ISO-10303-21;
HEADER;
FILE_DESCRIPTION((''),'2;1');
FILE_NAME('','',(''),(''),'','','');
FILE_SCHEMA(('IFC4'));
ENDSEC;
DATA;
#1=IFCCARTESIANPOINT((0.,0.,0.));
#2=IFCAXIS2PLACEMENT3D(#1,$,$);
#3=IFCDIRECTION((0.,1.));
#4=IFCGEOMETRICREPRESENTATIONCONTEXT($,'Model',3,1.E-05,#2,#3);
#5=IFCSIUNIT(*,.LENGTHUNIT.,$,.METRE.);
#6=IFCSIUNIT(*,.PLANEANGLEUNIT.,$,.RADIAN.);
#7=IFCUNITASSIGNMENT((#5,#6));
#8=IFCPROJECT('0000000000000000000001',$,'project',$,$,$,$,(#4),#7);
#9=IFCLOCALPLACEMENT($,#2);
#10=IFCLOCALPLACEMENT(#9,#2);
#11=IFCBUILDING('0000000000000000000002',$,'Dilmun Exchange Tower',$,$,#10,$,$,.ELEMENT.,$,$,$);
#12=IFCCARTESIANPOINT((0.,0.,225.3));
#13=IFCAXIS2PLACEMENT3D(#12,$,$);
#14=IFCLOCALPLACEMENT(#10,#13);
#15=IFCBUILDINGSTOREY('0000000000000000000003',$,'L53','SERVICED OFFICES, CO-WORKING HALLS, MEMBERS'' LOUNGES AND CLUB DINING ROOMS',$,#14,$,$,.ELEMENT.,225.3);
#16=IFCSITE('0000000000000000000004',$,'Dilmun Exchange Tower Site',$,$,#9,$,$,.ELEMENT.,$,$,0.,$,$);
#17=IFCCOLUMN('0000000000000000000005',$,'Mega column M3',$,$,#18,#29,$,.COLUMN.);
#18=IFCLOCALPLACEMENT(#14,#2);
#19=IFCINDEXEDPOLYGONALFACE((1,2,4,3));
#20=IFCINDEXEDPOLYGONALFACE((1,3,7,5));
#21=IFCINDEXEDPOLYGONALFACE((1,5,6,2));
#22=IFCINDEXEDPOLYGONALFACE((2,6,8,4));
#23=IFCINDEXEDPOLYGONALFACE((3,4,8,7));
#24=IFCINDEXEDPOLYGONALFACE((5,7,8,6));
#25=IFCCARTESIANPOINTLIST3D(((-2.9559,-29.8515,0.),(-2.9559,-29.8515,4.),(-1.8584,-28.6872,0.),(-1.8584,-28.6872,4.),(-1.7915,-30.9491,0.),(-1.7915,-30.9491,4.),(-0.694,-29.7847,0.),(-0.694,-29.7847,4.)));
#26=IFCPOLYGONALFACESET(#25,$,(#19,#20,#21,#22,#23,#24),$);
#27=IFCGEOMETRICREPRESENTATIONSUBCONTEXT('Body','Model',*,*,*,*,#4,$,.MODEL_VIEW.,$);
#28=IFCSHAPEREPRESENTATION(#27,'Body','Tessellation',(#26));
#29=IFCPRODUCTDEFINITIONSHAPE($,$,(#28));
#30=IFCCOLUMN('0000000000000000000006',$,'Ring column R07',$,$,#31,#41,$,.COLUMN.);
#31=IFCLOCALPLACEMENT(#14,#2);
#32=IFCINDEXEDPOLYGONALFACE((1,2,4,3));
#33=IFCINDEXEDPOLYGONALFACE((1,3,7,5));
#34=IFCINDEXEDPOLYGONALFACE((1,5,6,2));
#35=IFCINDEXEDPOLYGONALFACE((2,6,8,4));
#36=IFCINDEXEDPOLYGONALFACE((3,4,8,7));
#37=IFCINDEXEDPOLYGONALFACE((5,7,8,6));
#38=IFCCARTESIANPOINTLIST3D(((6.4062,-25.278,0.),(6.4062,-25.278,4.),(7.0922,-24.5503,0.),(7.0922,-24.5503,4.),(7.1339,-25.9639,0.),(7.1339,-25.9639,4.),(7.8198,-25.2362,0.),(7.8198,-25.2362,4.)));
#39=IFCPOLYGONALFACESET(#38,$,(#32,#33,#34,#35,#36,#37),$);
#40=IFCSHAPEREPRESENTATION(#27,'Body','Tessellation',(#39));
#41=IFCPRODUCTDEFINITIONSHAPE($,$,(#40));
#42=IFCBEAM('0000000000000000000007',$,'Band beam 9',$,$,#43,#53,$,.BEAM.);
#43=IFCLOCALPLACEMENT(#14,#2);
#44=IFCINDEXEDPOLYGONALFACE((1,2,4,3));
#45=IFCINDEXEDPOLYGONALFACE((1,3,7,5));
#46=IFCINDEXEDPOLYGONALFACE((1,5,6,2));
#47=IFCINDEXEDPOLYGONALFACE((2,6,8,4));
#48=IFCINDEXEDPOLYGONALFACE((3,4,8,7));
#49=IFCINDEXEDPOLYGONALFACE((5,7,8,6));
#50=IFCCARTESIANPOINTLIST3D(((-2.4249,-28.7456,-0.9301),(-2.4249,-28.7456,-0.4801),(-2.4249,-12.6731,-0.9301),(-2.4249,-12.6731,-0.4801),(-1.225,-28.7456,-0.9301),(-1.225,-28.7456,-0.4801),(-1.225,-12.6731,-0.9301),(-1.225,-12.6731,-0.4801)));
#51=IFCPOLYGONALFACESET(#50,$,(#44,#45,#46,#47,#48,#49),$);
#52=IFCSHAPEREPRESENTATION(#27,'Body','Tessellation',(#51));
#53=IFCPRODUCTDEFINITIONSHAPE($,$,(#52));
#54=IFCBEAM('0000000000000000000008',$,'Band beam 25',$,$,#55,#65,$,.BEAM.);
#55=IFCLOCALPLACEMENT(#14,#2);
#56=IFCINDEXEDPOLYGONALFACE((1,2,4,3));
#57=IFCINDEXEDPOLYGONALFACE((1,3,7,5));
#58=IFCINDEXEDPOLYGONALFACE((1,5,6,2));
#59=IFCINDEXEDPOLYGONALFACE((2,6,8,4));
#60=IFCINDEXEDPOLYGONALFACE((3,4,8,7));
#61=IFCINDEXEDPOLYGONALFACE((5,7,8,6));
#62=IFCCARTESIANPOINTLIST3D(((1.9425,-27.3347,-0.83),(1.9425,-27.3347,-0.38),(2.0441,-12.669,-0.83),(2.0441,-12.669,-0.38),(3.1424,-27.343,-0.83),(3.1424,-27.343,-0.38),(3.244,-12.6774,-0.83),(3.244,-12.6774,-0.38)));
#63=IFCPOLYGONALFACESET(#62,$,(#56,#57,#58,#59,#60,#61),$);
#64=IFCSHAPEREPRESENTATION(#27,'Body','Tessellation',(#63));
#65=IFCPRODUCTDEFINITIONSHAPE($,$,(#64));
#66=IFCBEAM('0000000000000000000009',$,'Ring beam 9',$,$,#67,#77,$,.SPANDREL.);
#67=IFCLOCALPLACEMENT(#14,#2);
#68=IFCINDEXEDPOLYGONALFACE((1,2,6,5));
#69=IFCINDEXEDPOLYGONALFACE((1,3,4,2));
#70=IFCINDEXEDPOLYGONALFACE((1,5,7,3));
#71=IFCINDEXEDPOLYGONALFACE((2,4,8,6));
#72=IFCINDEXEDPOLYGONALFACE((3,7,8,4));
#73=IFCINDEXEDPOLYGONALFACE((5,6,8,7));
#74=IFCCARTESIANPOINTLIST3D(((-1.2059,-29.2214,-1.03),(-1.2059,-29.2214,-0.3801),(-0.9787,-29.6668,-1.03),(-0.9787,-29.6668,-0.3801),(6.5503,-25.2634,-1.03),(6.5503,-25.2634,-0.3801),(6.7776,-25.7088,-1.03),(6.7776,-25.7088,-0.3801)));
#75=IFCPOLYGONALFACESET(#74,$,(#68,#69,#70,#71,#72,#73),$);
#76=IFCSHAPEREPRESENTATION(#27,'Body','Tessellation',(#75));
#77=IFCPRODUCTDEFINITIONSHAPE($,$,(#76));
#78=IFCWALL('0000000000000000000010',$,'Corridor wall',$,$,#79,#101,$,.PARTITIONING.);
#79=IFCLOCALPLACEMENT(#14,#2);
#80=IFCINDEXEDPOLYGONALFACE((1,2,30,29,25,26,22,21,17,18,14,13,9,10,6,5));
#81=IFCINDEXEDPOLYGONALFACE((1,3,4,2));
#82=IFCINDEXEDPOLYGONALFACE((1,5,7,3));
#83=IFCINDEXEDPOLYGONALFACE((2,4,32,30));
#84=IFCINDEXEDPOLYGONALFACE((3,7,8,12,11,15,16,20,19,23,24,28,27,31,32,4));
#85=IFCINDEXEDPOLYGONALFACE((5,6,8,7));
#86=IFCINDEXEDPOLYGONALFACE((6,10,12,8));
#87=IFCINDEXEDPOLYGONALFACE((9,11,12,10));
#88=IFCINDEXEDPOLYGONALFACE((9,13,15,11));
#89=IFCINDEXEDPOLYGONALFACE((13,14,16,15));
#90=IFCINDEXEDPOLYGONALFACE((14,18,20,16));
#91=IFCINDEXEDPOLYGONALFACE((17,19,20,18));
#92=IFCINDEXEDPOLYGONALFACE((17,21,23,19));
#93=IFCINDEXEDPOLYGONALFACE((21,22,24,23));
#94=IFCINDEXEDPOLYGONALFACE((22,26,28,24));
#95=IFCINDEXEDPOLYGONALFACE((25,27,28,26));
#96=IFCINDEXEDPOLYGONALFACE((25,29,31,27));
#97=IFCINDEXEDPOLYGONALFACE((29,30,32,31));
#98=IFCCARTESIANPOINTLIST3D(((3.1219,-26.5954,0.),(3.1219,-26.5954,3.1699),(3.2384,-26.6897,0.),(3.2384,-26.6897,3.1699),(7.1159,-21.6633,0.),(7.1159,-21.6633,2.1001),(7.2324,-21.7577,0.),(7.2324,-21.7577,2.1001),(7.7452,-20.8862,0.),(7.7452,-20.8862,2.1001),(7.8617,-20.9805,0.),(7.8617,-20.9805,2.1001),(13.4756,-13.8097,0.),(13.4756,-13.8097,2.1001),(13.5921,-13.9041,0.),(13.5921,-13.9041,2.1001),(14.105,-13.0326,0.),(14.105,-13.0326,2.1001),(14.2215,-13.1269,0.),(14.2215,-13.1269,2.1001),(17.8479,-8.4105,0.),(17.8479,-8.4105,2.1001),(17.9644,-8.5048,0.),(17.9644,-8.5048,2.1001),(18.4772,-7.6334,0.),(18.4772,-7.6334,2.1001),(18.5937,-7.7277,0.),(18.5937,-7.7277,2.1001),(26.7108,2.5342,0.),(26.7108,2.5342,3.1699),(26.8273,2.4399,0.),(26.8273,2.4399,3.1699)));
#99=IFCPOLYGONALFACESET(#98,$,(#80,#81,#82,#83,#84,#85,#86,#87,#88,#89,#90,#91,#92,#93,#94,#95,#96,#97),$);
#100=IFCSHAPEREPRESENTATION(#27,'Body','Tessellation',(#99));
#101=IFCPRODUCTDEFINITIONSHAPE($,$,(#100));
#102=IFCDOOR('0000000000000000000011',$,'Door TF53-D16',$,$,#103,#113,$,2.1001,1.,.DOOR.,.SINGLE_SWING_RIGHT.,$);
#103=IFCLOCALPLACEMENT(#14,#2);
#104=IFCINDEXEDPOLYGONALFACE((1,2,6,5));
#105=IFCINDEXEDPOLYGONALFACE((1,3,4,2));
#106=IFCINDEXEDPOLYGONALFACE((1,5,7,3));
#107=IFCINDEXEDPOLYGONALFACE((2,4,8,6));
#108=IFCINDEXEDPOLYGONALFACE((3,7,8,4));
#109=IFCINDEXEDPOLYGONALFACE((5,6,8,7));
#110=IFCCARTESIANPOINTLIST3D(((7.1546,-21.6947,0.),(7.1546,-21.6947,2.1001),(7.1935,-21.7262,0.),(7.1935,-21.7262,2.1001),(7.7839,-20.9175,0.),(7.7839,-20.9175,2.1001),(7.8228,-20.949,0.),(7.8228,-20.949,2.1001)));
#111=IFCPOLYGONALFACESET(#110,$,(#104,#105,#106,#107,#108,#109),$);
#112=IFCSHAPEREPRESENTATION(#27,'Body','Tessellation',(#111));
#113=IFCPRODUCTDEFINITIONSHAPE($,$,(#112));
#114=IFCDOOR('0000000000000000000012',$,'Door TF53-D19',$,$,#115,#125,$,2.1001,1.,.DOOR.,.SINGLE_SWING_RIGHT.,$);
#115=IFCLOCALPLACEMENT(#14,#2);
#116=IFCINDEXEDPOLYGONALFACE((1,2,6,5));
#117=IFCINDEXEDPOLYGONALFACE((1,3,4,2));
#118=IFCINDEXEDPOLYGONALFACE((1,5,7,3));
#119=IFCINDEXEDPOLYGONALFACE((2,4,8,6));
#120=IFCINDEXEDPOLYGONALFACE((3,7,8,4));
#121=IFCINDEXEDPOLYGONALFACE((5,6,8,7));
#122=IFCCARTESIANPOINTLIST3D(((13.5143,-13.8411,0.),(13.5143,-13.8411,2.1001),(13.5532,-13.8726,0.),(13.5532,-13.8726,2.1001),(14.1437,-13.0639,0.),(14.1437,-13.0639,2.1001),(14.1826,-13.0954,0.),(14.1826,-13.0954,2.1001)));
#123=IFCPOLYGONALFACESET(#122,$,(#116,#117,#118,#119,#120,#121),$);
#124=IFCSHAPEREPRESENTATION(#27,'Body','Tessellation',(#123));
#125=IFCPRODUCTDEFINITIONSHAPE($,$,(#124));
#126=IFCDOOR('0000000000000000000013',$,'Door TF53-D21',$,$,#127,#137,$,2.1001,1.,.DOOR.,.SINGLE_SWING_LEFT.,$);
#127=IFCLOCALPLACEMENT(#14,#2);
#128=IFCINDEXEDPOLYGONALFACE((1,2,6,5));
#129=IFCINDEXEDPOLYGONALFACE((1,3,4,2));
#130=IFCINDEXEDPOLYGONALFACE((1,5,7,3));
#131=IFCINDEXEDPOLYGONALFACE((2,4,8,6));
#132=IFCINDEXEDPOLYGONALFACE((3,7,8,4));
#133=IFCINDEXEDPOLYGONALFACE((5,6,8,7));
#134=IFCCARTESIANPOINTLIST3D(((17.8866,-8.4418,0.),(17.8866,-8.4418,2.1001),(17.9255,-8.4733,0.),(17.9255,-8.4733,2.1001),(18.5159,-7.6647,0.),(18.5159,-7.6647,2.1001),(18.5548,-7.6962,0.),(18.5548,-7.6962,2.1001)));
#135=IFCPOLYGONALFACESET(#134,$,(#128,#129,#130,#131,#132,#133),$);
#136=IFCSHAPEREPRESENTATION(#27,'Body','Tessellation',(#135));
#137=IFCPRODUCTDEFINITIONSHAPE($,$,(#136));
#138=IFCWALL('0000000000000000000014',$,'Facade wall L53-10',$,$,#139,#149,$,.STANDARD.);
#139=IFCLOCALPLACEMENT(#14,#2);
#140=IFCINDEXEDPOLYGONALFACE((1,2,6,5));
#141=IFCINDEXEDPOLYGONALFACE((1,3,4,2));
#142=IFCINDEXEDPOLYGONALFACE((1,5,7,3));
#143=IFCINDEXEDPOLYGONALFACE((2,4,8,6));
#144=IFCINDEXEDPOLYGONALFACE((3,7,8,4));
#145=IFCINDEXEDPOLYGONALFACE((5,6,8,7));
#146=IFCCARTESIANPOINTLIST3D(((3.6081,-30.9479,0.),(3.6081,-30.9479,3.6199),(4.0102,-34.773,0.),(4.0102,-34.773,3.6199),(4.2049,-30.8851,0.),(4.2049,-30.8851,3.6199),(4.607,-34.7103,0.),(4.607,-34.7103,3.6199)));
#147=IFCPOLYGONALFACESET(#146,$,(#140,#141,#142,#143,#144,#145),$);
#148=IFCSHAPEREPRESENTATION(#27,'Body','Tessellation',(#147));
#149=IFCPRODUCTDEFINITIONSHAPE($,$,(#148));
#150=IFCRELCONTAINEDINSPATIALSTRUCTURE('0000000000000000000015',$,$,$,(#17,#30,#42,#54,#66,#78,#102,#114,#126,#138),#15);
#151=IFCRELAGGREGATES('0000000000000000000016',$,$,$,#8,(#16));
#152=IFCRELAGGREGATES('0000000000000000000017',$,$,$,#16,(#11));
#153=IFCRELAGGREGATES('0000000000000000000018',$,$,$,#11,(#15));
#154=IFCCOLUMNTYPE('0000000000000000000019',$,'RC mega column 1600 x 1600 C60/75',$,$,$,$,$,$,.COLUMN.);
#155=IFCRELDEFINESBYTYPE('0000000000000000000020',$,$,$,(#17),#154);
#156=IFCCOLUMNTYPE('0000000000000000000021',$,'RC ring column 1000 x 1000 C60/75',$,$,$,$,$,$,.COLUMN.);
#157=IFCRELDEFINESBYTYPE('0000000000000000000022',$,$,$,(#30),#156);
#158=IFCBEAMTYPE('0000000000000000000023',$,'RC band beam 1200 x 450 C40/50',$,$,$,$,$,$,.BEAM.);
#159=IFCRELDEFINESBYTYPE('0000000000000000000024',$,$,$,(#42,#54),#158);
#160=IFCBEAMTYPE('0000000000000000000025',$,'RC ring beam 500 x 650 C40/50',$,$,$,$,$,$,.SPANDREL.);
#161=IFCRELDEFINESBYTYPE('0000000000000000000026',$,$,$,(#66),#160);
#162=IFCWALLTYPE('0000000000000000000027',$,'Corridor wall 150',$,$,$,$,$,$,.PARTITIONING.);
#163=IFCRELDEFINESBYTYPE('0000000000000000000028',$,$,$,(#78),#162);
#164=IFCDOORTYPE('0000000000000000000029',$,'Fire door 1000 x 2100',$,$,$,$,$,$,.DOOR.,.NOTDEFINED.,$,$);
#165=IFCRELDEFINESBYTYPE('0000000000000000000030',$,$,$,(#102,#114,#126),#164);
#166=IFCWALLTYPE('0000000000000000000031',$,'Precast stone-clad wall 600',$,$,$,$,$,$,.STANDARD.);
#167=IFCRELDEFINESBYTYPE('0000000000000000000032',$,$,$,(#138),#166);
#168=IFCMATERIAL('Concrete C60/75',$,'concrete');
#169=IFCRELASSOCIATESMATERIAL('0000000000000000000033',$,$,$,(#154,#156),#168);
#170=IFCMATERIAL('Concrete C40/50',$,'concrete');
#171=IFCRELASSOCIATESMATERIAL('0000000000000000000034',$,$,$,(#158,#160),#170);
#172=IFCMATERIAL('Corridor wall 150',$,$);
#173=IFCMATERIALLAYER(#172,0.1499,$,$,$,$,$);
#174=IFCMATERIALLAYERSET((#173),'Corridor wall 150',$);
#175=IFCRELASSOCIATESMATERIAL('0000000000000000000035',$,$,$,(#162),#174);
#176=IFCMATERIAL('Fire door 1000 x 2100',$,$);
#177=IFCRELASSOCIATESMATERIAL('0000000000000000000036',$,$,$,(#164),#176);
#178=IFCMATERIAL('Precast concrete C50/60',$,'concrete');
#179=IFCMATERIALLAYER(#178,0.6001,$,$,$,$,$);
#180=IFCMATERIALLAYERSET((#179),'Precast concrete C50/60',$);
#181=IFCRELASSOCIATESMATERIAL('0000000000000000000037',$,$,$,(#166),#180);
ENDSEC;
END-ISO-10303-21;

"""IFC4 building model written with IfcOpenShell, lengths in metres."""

from ifc_helpers import new_model, si_unit, direction, frame, frame_2d, origin, origin_2d, place, context, subcontext, project, spatial, rectangle, extrude, material, layer, layer_set, material_profile, profile_set, type_object, element, fill, save


model = new_model("IFC4")

# Units and contexts
model_context = context("Model", 3, precision=1e-05, world=origin(), true_north=direction((0.0, 1.0)))
body_context = subcontext(model_context, "Body", "Model", "MODEL_VIEW")
ifc_project = project(units=[si_unit("LENGTHUNIT", "METRE"), si_unit("PLANEANGLEUNIT", "RADIAN")], contexts=[model_context])

# Site, building, storey
site_placement = place(None, origin())
site = spatial("IfcSite", under=ifc_project, at=site_placement, Name="Dilmun Exchange Tower Site", CompositionType="ELEMENT", RefElevation=0.0)
building_placement = place(site_placement, origin())
building = spatial("IfcBuilding", under=site, at=building_placement, Name="Dilmun Exchange Tower", CompositionType="ELEMENT")
storey_placement = place(building_placement, frame((0.0, 0.0, 225.3)))
storey = spatial("IfcBuildingStorey", under=building, at=storey_placement, Name="L53", Description="SERVICED OFFICES, CO-WORKING HALLS, MEMBERS' LOUNGES AND CLUB DINING ROOMS", CompositionType="ELEMENT", Elevation=225.3)

# Columns
ifc_material_1 = material(Name="Concrete C60/75", Category="concrete")
ifc_material_profile_1 = material_profile(ifc_material_1, rectangle(XDim=1.6001, YDim=1.6001, at=origin_2d()), Name="1600 x 1600")
ifc_profile_set_1 = profile_set([ifc_material_profile_1], Name="Concrete C60/75")
column_type_1 = type_object("IfcColumnType", Name="RC mega column 1600 x 1600 C60/75", PredefinedType="COLUMN", material=ifc_profile_set_1)
column_1_placement = place(storey_placement, frame((-1.825, -29.8181, 0.0), z_axis=(0.0, 0.0, 1.0), x_axis=(0.685916, 0.727681, 0.0)))
element("IfcColumn", 1, at=column_1_placement, inside=storey, type_object=column_type_1, Name="Mega column M3", PredefinedType="COLUMN", context=body_context, shape_type="SweptSolid", body=[
    extrude(rectangle(XDim=1.6001, YDim=1.6001, at=origin_2d()), origin(), (0.0, 0.0, 1.0), 4.0),
])
ifc_material_profile_2 = material_profile(ifc_material_1, rectangle(XDim=1.0, YDim=1.0, at=origin_2d()), Name="1000 x 1000")
ifc_profile_set_2 = profile_set([ifc_material_profile_2], Name="Concrete C60/75")
column_type_2 = type_object("IfcColumnType", Name="RC ring column 1000 x 1000 C60/75", PredefinedType="COLUMN", material=ifc_profile_set_2)
column_2_placement = place(storey_placement, frame((7.113, -25.2571, 0.0), z_axis=(0.0, 0.0, 1.0), x_axis=(0.685916, 0.727681, 0.0)))
element("IfcColumn", 2, at=column_2_placement, inside=storey, type_object=column_type_2, Name="Ring column R07", PredefinedType="COLUMN", context=body_context, shape_type="SweptSolid", body=[
    extrude(rectangle(XDim=1.0, YDim=1.0, at=origin_2d()), origin(), (0.0, 0.0, 1.0), 4.0),
])

# Beams
ifc_material_2 = material(Name="Concrete C40/50", Category="concrete")
ifc_material_profile_3 = material_profile(ifc_material_2, rectangle(XDim=1.2, YDim=0.45, at=origin_2d()), Name="1200 x 450")
ifc_profile_set_3 = profile_set([ifc_material_profile_3], Name="Concrete C40/50")
beam_type_1 = type_object("IfcBeamType", Name="RC band beam 1200 x 450 C40/50", PredefinedType="BEAM", material=ifc_profile_set_3)
beam_1_placement = place(storey_placement, frame((-1.825, -28.7456, -0.7051), z_axis=(0.0, 1.0, 0.0), x_axis=(-1.0, 0.0, 0.0)))
element("IfcBeam", 3, at=beam_1_placement, inside=storey, type_object=beam_type_1, Name="Band beam 9", PredefinedType="BEAM", context=body_context, shape_type="SweptSolid", body=[
    extrude(rectangle(XDim=1.2, YDim=0.45, at=origin_2d()), origin(), (0.0, 0.0, 1.0), 16.0725),
])
beam_2_placement = place(storey_placement, frame((2.5425, -27.3389, -0.605), z_axis=(0.006925, 0.999976, 0.0), x_axis=(-0.999976, 0.006925, 0.0)))
element("IfcBeam", 4, at=beam_2_placement, inside=storey, type_object=beam_type_1, Name="Band beam 25", PredefinedType="BEAM", context=body_context, shape_type="SweptSolid", body=[
    extrude(rectangle(XDim=1.2, YDim=0.45, at=origin_2d()), origin(), (0.0, 0.0, 1.0), 14.666),
])
ifc_material_profile_4 = material_profile(ifc_material_2, rectangle(XDim=0.5, YDim=0.6499, at=origin_2d()), Name="500 x 650")
ifc_profile_set_4 = profile_set([ifc_material_profile_4], Name="Concrete C40/50")
beam_type_2 = type_object("IfcBeamType", Name="RC ring beam 500 x 650 C40/50", PredefinedType="SPANDREL", material=ifc_profile_set_4)
beam_3_placement = place(storey_placement, frame((-1.0923, -29.4441, -0.7051), z_axis=(0.89073, 0.454533, 0.0), x_axis=(-0.454533, 0.89073, 0.0)))
element("IfcBeam", 5, at=beam_3_placement, inside=storey, type_object=beam_type_2, Name="Ring beam 9", PredefinedType="SPANDREL", context=body_context, shape_type="SweptSolid", body=[
    extrude(rectangle(XDim=0.5, YDim=0.6499, at=origin_2d()), origin(), (0.0, 0.0, 1.0), 8.7078),
])

# Wall, openings, doors
ifc_material_3 = material(Name="Corridor wall 150")
ifc_layer_1 = layer(ifc_material_3, 0.1499)
ifc_layer_set_1 = layer_set([ifc_layer_1], Name="Corridor wall 150")
wall_type_1 = type_object("IfcWallType", Name="Corridor wall 150", PredefinedType="PARTITIONING", material=ifc_layer_set_1)
wall_1_placement = place(storey_placement, frame((3.1802, -26.6426, 0.0), z_axis=(0.0, 0.0, 1.0), x_axis=(0.629323, 0.777144, 0.0)))
wall_1 = element("IfcWall", 6, at=wall_1_placement, inside=storey, type_object=wall_type_1, Name="Corridor wall", PredefinedType="PARTITIONING", context=body_context, shape_type="SweptSolid", body=[
    extrude(rectangle(XDim=37.4829, YDim=0.1499, at=frame_2d((18.7415, 0.0))), origin(), (0.0, 0.0, 1.0), 3.1699),
])
opening_1_placement = place(wall_1_placement, frame((6.3464, 0.0, 0.0)))
opening_1 = element("IfcOpeningElement", 7, at=opening_1_placement, cuts=wall_1, PredefinedType="OPENING", context=body_context, shape_type="SweptSolid", body=[
    extrude(rectangle(XDim=1.0, YDim=2.1001, at=frame_2d((0.5, 1.05))), frame((0.0, 0.085, 0.0), z_axis=(0.0, -1.0, 0.0), x_axis=(1.0, 0.0, 0.0)), (0.0, 0.0, 1.0), 0.1699),
])
opening_2_placement = place(wall_1_placement, frame((16.4521, 0.0, 0.0)))
opening_2 = element("IfcOpeningElement", 8, at=opening_2_placement, cuts=wall_1, PredefinedType="OPENING", context=body_context, shape_type="SweptSolid", body=[
    extrude(rectangle(XDim=1.0, YDim=2.1001, at=frame_2d((0.5, 1.05))), frame((0.0, 0.085, 0.0), z_axis=(0.0, -1.0, 0.0), x_axis=(1.0, 0.0, 0.0)), (0.0, 0.0, 1.0), 0.1699),
])
opening_3_placement = place(wall_1_placement, frame((23.3997, 0.0, 0.0)))
opening_3 = element("IfcOpeningElement", 9, at=opening_3_placement, cuts=wall_1, PredefinedType="OPENING", context=body_context, shape_type="SweptSolid", body=[
    extrude(rectangle(XDim=1.0, YDim=2.1001, at=frame_2d((0.5, 1.05))), frame((0.0, 0.085, 0.0), z_axis=(0.0, -1.0, 0.0), x_axis=(1.0, 0.0, 0.0)), (0.0, 0.0, 1.0), 0.1699),
])
ifc_material_4 = material(Name="Fire door 1000 x 2100")
door_type = type_object("IfcDoorType", Name="Fire door 1000 x 2100", OperationType="NOTDEFINED", PredefinedType="DOOR", material=ifc_material_4)
door_1_placement = place(opening_1_placement, frame((1.0, 0.0, 0.0), z_axis=(0.0, 0.0, 1.0), x_axis=(-1.0, 0.0, 0.0)))
door_1 = element("IfcDoor", 10, at=door_1_placement, inside=storey, type_object=door_type, Name="Door TF53-D16", OperationType="SINGLE_SWING_RIGHT", OverallHeight=2.1001, OverallWidth=1.0, PredefinedType="DOOR", context=body_context, shape_type="SweptSolid", body=[
    extrude(rectangle(XDim=1.0, YDim=2.1001, at=frame_2d((0.5, 1.05))), frame((0.0, 0.0249, 0.0), z_axis=(0.0, -1.0, 0.0), x_axis=(1.0, 0.0, 0.0)), (0.0, 0.0, 1.0), 0.05),
])
fill(opening_1, door_1)
door_2_placement = place(opening_2_placement, frame((1.0, 0.0, 0.0), z_axis=(0.0, 0.0, 1.0), x_axis=(-1.0, 0.0, 0.0)))
door_2 = element("IfcDoor", 11, at=door_2_placement, inside=storey, type_object=door_type, Name="Door TF53-D19", OperationType="SINGLE_SWING_RIGHT", OverallHeight=2.1001, OverallWidth=1.0, PredefinedType="DOOR", context=body_context, shape_type="SweptSolid", body=[
    extrude(rectangle(XDim=1.0, YDim=2.1001, at=frame_2d((0.5, 1.05))), frame((0.0, 0.0249, 0.0), z_axis=(0.0, -1.0, 0.0), x_axis=(1.0, 0.0, 0.0)), (0.0, 0.0, 1.0), 0.05),
])
fill(opening_2, door_2)
door_3_placement = place(opening_3_placement, frame((1.0, 0.0, 0.0), z_axis=(0.0, 0.0, 1.0), x_axis=(-1.0, 0.0, 0.0)))
door_3 = element("IfcDoor", 12, at=door_3_placement, inside=storey, type_object=door_type, Name="Door TF53-D21", OperationType="SINGLE_SWING_LEFT", OverallHeight=2.1001, OverallWidth=1.0, PredefinedType="DOOR", context=body_context, shape_type="SweptSolid", body=[
    extrude(rectangle(XDim=1.0, YDim=2.1001, at=frame_2d((0.5, 1.05))), frame((0.0, 0.0249, 0.0), z_axis=(0.0, -1.0, 0.0), x_axis=(1.0, 0.0, 0.0)), (0.0, 0.0, 1.0), 0.05),
])
fill(opening_3, door_3)

# Wall
ifc_material_5 = material(Name="Precast concrete C50/60", Category="concrete")
ifc_layer_2 = layer(ifc_material_5, 0.6001)
ifc_layer_set_2 = layer_set([ifc_layer_2], Name="Precast concrete C50/60")
wall_type_2 = type_object("IfcWallType", Name="Precast stone-clad wall 600", PredefinedType="STANDARD", material=ifc_layer_set_2)
wall_2_placement = place(storey_placement, frame((3.9065, -30.9165, 0.0), z_axis=(0.0, 0.0, 1.0), x_axis=(0.104543, -0.99452, 0.0)))
element("IfcWall", 13, at=wall_2_placement, inside=storey, type_object=wall_type_2, Name="Facade wall L53-10", PredefinedType="STANDARD", context=body_context, shape_type="SweptSolid", body=[
    extrude(rectangle(XDim=3.8462, YDim=0.6001, at=frame_2d((1.9231, 0.0))), origin(), (0.0, 0.0, 1.0), 3.6199),
])

save(model, "model.ifc")
